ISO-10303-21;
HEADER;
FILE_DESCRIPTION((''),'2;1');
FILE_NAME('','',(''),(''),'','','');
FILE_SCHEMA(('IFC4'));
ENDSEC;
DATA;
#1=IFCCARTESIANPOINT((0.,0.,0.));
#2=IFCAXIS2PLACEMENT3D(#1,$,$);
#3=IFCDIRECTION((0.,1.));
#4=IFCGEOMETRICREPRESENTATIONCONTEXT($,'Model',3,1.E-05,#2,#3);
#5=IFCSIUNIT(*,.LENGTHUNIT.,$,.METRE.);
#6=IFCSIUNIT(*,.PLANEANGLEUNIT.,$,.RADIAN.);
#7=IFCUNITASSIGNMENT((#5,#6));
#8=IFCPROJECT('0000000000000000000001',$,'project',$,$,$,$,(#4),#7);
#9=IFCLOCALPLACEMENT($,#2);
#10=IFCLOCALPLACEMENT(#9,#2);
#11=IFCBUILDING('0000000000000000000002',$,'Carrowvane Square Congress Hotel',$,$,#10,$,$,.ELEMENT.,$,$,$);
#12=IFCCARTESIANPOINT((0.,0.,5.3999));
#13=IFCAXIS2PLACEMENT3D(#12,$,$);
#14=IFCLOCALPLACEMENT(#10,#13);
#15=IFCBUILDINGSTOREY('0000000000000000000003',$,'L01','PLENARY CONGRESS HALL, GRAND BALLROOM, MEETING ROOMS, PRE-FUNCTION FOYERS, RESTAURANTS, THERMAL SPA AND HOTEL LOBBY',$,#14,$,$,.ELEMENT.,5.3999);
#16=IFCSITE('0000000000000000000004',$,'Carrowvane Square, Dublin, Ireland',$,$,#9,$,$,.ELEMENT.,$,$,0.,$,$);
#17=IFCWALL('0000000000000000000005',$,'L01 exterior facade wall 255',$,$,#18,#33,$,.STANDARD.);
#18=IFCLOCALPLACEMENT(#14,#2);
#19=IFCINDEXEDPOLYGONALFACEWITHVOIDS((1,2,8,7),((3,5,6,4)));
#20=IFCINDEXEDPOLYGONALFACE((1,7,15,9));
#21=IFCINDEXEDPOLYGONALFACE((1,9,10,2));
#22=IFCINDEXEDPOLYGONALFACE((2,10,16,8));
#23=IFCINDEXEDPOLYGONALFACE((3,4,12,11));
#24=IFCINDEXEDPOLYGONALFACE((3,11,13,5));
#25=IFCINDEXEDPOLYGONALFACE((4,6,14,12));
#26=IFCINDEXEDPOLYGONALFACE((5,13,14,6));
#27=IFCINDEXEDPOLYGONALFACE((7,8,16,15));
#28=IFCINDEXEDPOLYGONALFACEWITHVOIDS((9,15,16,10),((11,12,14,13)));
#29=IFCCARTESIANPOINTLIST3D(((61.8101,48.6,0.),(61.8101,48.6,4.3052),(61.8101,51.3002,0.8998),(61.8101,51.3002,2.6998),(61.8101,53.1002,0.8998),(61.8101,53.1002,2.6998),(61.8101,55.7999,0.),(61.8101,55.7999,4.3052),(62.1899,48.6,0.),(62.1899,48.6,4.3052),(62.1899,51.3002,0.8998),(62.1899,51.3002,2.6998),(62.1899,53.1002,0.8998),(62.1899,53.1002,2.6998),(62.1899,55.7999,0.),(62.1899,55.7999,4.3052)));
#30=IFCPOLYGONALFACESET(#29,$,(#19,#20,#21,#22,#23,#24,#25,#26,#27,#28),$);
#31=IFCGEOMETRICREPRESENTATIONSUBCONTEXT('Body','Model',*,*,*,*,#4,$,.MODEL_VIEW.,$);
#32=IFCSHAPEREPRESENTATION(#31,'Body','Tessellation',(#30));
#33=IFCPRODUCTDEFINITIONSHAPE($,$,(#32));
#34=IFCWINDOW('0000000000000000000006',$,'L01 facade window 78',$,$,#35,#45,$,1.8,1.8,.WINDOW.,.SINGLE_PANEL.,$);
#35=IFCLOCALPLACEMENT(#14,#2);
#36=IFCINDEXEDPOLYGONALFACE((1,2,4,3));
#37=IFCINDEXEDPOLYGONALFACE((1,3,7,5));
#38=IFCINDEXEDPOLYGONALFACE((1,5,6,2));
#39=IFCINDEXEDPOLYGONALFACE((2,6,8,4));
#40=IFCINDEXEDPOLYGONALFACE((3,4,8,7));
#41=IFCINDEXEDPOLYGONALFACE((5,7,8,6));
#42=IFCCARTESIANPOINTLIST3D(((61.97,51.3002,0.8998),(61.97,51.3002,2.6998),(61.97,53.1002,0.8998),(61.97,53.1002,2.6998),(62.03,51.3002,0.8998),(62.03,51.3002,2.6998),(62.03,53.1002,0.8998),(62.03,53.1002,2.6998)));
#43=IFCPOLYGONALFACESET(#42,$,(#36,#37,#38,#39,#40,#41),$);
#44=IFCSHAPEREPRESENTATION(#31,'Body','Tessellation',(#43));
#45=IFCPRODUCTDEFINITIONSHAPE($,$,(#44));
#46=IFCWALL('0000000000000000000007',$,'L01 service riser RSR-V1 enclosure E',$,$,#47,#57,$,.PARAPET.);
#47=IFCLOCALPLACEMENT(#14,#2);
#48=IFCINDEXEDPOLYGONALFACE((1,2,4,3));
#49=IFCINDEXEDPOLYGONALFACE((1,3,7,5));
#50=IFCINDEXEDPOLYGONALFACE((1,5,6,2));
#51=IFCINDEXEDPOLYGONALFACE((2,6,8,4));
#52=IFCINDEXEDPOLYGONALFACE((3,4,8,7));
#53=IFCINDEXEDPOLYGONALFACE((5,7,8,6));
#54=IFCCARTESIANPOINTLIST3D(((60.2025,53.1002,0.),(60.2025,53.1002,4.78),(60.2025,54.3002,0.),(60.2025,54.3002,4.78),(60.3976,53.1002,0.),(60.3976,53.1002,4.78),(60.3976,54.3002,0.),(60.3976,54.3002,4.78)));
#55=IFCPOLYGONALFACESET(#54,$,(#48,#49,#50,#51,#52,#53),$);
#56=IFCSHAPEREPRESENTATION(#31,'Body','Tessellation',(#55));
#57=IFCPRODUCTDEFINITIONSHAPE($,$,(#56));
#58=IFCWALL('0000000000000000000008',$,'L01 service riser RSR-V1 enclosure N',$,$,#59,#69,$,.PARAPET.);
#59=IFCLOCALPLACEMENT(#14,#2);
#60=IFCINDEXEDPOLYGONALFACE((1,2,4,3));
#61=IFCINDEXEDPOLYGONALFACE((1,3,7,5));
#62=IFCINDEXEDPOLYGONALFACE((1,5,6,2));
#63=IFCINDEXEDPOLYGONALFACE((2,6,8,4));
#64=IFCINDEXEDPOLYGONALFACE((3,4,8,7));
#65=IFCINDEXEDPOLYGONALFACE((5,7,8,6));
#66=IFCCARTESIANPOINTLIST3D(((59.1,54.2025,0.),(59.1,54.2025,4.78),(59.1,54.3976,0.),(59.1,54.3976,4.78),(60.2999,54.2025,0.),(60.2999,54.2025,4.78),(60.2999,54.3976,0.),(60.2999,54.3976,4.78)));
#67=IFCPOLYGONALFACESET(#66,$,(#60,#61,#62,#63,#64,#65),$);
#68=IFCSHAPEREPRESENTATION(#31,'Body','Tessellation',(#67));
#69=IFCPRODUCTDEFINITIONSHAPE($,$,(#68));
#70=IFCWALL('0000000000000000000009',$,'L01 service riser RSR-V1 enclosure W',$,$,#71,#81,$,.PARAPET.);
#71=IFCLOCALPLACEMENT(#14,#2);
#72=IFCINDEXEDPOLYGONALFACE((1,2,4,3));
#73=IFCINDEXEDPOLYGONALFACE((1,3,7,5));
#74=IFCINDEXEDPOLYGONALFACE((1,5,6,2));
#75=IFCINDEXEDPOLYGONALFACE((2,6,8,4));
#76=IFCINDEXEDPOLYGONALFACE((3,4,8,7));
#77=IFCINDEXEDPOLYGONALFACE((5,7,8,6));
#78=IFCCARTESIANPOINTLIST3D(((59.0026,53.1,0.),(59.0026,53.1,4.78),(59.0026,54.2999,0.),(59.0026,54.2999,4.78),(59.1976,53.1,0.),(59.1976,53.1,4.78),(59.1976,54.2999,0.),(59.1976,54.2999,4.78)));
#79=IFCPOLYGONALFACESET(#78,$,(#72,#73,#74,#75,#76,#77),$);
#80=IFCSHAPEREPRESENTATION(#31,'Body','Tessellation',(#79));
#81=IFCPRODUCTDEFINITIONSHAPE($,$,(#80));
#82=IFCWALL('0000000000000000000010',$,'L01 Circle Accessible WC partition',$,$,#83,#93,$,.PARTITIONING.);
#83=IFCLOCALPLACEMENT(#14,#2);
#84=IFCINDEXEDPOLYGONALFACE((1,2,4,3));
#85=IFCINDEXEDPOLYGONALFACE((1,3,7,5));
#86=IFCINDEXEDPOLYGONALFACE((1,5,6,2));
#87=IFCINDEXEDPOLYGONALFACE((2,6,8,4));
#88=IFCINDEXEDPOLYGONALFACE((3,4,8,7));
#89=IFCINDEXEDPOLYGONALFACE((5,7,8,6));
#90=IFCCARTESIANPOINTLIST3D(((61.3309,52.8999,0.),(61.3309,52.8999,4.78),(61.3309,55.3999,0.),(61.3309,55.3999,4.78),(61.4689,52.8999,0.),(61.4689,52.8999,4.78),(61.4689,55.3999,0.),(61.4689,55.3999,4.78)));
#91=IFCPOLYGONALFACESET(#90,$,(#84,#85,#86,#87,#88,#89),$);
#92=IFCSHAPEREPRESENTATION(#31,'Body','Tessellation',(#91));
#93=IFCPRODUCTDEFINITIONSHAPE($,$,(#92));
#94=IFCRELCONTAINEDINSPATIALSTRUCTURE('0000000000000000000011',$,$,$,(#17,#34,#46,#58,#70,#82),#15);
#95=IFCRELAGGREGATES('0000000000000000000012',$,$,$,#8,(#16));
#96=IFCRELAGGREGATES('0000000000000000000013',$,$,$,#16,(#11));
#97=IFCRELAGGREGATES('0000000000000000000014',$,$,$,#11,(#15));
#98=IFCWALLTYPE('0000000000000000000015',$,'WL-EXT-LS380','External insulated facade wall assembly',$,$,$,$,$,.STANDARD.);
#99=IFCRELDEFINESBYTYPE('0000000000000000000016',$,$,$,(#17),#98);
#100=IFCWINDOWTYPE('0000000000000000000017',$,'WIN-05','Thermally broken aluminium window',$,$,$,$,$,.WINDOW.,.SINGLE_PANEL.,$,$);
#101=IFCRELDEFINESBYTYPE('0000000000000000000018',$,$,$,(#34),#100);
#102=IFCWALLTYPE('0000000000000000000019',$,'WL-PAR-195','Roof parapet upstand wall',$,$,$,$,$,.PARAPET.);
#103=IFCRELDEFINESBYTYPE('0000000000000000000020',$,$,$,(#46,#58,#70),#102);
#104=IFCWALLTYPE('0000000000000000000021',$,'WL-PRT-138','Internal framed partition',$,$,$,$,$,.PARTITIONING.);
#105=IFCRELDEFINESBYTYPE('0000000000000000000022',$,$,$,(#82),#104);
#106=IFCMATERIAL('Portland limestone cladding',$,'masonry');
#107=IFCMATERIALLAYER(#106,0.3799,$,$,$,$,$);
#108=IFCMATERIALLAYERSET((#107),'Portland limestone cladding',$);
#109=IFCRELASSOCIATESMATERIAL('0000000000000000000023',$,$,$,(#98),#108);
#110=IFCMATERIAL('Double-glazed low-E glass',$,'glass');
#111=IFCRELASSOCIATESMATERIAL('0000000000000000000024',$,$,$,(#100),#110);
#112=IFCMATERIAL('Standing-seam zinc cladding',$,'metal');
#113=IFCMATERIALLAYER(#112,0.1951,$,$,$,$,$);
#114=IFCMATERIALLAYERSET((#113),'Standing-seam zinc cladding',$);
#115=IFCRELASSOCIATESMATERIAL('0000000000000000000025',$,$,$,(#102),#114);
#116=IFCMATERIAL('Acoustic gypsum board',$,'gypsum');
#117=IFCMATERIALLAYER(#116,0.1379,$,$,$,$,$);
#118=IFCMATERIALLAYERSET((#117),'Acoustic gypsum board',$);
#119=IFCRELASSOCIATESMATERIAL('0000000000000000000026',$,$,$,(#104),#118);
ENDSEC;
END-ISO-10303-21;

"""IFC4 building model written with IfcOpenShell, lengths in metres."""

from ifc_helpers import new_model, si_unit, direction, frame, frame_2d, origin, place, context, subcontext, project, spatial, rectangle, extrude, material, layer, layer_set, type_object, element, fill, save


model = new_model("IFC4")

# Units and contexts
model_context = context("Model", 3, precision=1e-05, world=origin(), true_north=direction((0.0, 1.0)))
body_context = subcontext(model_context, "Body", "Model", "MODEL_VIEW")
ifc_project = project(units=[si_unit("LENGTHUNIT", "METRE"), si_unit("PLANEANGLEUNIT", "RADIAN")], contexts=[model_context])

# Site, building, storey
site_placement = place(None, origin())
site = spatial("IfcSite", under=ifc_project, at=site_placement, Name="Carrowvane Square, Dublin, Ireland", CompositionType="ELEMENT", RefElevation=0.0)
building_placement = place(site_placement, origin())
building = spatial("IfcBuilding", under=site, at=building_placement, Name="Carrowvane Square Congress Hotel", CompositionType="ELEMENT")
storey_placement = place(building_placement, frame((0.0, 0.0, 5.3999)))
storey = spatial("IfcBuildingStorey", under=building, at=storey_placement, Name="L01", Description="PLENARY CONGRESS HALL, GRAND BALLROOM, MEETING ROOMS, PRE-FUNCTION FOYERS, RESTAURANTS, THERMAL SPA AND HOTEL LOBBY", CompositionType="ELEMENT", Elevation=5.3999)

# Wall, opening, window
ifc_material_1 = material(Name="Portland limestone cladding", Category="masonry")
ifc_layer_1 = layer(ifc_material_1, 0.3799)
ifc_layer_set_1 = layer_set([ifc_layer_1], Name="Portland limestone cladding")
wall_type_1 = type_object("IfcWallType", Name="WL-EXT-LS380", Description="External insulated facade wall assembly", PredefinedType="STANDARD", material=ifc_layer_set_1)
wall_1_placement = place(storey_placement, frame((62.0, 55.8, 0.0), z_axis=(0.0, 0.0, 1.0), x_axis=(0.0, -1.0, 0.0)))
wall_1 = element("IfcWall", 1, at=wall_1_placement, inside=storey, type_object=wall_type_1, Name="L01 exterior facade wall 255", PredefinedType="STANDARD", context=body_context, shape_type="SweptSolid", body=[
    extrude(rectangle(XDim=7.2, YDim=0.3799, at=frame_2d((3.6001, 0.0))), origin(), (0.0, 0.0, 1.0), 4.3052),
])
opening_1_placement = place(wall_1_placement, frame((2.7, 0.0, 0.8999)))
opening_1 = element("IfcOpeningElement", 2, at=opening_1_placement, cuts=wall_1, PredefinedType="OPENING", context=body_context, shape_type="SweptSolid", body=[
    extrude(rectangle(XDim=1.8, YDim=1.8, at=frame_2d((0.8999, 0.8999))), frame((0.0, 0.2, 0.0), z_axis=(0.0, -1.0, 0.0), x_axis=(1.0, 0.0, 0.0)), (0.0, 0.0, 1.0), 0.3999),
])
ifc_material_2 = material(Name="Double-glazed low-E glass", Category="glass")
window_type_1 = type_object("IfcWindowType", Name="WIN-05", Description="Thermally broken aluminium window", PartitioningType="SINGLE_PANEL", PredefinedType="WINDOW", material=ifc_material_2)
window_1_placement = place(opening_1_placement, origin())
window_1 = element("IfcWindow", 3, at=window_1_placement, inside=storey, type_object=window_type_1, Name="L01 facade window 78", OverallHeight=1.8, OverallWidth=1.8, PartitioningType="SINGLE_PANEL", PredefinedType="WINDOW", context=body_context, shape_type="SweptSolid", body=[
    extrude(rectangle(XDim=1.8, YDim=1.8, at=frame_2d((0.8999, 0.8999))), frame((0.0, 0.03, 0.0), z_axis=(0.0, -1.0, 0.0), x_axis=(1.0, 0.0, 0.0)), (0.0, 0.0, 1.0), 0.0601),
])
fill(opening_1, window_1)

# Walls
ifc_material_3 = material(Name="Standing-seam zinc cladding", Category="metal")
ifc_layer_2 = layer(ifc_material_3, 0.1951)
ifc_layer_set_2 = layer_set([ifc_layer_2], Name="Standing-seam zinc cladding")
wall_type_2 = type_object("IfcWallType", Name="WL-PAR-195", Description="Roof parapet upstand wall", PredefinedType="PARAPET", material=ifc_layer_set_2)
for number, where, z_axis, x_axis, name in (
    (4, (60.3, 53.1001, 0.0), (0.0, 0.0, 1.0), (0.0, 1.0, 0.0), "L01 service riser RSR-V1 enclosure E"),
    (5, (60.3, 54.3, 0.0), (0.0, 0.0, 1.0), (-1.0, 0.0, 0.0), "L01 service riser RSR-V1 enclosure N"),
    (6, (59.1001, 54.3, 0.0), (0.0, 0.0, 1.0), (0.0, -1.0, 0.0), "L01 service riser RSR-V1 enclosure W"),
):
    element("IfcWall", number, at=place(storey_placement, frame(where, z_axis=z_axis, x_axis=x_axis)), inside=storey, type_object=wall_type_2, Name=name, PredefinedType="PARAPET", context=body_context, shape_type="SweptSolid", body=[
        extrude(rectangle(XDim=1.2, YDim=0.1951, at=frame_2d((0.6001, 0.0))), origin(), (0.0, 0.0, 1.0), 4.78),
    ])
ifc_material_4 = material(Name="Acoustic gypsum board", Category="gypsum")
ifc_layer_3 = layer(ifc_material_4, 0.1379)
ifc_layer_set_3 = layer_set([ifc_layer_3], Name="Acoustic gypsum board")
wall_type_3 = type_object("IfcWallType", Name="WL-PRT-138", Description="Internal framed partition", PredefinedType="PARTITIONING", material=ifc_layer_set_3)
wall_2_placement = place(storey_placement, frame((61.3999, 55.3999, 0.0), z_axis=(0.0, 0.0, 1.0), x_axis=(0.0, -1.0, 0.0)))
element("IfcWall", 7, at=wall_2_placement, inside=storey, type_object=wall_type_3, Name="L01 Circle Accessible WC partition", PredefinedType="PARTITIONING", context=body_context, shape_type="SweptSolid", body=[
    extrude(rectangle(XDim=2.5, YDim=0.1379, at=frame_2d((1.25, 0.0))), origin(), (0.0, 0.0, 1.0), 4.78),
])

save(model, "model.ifc")
